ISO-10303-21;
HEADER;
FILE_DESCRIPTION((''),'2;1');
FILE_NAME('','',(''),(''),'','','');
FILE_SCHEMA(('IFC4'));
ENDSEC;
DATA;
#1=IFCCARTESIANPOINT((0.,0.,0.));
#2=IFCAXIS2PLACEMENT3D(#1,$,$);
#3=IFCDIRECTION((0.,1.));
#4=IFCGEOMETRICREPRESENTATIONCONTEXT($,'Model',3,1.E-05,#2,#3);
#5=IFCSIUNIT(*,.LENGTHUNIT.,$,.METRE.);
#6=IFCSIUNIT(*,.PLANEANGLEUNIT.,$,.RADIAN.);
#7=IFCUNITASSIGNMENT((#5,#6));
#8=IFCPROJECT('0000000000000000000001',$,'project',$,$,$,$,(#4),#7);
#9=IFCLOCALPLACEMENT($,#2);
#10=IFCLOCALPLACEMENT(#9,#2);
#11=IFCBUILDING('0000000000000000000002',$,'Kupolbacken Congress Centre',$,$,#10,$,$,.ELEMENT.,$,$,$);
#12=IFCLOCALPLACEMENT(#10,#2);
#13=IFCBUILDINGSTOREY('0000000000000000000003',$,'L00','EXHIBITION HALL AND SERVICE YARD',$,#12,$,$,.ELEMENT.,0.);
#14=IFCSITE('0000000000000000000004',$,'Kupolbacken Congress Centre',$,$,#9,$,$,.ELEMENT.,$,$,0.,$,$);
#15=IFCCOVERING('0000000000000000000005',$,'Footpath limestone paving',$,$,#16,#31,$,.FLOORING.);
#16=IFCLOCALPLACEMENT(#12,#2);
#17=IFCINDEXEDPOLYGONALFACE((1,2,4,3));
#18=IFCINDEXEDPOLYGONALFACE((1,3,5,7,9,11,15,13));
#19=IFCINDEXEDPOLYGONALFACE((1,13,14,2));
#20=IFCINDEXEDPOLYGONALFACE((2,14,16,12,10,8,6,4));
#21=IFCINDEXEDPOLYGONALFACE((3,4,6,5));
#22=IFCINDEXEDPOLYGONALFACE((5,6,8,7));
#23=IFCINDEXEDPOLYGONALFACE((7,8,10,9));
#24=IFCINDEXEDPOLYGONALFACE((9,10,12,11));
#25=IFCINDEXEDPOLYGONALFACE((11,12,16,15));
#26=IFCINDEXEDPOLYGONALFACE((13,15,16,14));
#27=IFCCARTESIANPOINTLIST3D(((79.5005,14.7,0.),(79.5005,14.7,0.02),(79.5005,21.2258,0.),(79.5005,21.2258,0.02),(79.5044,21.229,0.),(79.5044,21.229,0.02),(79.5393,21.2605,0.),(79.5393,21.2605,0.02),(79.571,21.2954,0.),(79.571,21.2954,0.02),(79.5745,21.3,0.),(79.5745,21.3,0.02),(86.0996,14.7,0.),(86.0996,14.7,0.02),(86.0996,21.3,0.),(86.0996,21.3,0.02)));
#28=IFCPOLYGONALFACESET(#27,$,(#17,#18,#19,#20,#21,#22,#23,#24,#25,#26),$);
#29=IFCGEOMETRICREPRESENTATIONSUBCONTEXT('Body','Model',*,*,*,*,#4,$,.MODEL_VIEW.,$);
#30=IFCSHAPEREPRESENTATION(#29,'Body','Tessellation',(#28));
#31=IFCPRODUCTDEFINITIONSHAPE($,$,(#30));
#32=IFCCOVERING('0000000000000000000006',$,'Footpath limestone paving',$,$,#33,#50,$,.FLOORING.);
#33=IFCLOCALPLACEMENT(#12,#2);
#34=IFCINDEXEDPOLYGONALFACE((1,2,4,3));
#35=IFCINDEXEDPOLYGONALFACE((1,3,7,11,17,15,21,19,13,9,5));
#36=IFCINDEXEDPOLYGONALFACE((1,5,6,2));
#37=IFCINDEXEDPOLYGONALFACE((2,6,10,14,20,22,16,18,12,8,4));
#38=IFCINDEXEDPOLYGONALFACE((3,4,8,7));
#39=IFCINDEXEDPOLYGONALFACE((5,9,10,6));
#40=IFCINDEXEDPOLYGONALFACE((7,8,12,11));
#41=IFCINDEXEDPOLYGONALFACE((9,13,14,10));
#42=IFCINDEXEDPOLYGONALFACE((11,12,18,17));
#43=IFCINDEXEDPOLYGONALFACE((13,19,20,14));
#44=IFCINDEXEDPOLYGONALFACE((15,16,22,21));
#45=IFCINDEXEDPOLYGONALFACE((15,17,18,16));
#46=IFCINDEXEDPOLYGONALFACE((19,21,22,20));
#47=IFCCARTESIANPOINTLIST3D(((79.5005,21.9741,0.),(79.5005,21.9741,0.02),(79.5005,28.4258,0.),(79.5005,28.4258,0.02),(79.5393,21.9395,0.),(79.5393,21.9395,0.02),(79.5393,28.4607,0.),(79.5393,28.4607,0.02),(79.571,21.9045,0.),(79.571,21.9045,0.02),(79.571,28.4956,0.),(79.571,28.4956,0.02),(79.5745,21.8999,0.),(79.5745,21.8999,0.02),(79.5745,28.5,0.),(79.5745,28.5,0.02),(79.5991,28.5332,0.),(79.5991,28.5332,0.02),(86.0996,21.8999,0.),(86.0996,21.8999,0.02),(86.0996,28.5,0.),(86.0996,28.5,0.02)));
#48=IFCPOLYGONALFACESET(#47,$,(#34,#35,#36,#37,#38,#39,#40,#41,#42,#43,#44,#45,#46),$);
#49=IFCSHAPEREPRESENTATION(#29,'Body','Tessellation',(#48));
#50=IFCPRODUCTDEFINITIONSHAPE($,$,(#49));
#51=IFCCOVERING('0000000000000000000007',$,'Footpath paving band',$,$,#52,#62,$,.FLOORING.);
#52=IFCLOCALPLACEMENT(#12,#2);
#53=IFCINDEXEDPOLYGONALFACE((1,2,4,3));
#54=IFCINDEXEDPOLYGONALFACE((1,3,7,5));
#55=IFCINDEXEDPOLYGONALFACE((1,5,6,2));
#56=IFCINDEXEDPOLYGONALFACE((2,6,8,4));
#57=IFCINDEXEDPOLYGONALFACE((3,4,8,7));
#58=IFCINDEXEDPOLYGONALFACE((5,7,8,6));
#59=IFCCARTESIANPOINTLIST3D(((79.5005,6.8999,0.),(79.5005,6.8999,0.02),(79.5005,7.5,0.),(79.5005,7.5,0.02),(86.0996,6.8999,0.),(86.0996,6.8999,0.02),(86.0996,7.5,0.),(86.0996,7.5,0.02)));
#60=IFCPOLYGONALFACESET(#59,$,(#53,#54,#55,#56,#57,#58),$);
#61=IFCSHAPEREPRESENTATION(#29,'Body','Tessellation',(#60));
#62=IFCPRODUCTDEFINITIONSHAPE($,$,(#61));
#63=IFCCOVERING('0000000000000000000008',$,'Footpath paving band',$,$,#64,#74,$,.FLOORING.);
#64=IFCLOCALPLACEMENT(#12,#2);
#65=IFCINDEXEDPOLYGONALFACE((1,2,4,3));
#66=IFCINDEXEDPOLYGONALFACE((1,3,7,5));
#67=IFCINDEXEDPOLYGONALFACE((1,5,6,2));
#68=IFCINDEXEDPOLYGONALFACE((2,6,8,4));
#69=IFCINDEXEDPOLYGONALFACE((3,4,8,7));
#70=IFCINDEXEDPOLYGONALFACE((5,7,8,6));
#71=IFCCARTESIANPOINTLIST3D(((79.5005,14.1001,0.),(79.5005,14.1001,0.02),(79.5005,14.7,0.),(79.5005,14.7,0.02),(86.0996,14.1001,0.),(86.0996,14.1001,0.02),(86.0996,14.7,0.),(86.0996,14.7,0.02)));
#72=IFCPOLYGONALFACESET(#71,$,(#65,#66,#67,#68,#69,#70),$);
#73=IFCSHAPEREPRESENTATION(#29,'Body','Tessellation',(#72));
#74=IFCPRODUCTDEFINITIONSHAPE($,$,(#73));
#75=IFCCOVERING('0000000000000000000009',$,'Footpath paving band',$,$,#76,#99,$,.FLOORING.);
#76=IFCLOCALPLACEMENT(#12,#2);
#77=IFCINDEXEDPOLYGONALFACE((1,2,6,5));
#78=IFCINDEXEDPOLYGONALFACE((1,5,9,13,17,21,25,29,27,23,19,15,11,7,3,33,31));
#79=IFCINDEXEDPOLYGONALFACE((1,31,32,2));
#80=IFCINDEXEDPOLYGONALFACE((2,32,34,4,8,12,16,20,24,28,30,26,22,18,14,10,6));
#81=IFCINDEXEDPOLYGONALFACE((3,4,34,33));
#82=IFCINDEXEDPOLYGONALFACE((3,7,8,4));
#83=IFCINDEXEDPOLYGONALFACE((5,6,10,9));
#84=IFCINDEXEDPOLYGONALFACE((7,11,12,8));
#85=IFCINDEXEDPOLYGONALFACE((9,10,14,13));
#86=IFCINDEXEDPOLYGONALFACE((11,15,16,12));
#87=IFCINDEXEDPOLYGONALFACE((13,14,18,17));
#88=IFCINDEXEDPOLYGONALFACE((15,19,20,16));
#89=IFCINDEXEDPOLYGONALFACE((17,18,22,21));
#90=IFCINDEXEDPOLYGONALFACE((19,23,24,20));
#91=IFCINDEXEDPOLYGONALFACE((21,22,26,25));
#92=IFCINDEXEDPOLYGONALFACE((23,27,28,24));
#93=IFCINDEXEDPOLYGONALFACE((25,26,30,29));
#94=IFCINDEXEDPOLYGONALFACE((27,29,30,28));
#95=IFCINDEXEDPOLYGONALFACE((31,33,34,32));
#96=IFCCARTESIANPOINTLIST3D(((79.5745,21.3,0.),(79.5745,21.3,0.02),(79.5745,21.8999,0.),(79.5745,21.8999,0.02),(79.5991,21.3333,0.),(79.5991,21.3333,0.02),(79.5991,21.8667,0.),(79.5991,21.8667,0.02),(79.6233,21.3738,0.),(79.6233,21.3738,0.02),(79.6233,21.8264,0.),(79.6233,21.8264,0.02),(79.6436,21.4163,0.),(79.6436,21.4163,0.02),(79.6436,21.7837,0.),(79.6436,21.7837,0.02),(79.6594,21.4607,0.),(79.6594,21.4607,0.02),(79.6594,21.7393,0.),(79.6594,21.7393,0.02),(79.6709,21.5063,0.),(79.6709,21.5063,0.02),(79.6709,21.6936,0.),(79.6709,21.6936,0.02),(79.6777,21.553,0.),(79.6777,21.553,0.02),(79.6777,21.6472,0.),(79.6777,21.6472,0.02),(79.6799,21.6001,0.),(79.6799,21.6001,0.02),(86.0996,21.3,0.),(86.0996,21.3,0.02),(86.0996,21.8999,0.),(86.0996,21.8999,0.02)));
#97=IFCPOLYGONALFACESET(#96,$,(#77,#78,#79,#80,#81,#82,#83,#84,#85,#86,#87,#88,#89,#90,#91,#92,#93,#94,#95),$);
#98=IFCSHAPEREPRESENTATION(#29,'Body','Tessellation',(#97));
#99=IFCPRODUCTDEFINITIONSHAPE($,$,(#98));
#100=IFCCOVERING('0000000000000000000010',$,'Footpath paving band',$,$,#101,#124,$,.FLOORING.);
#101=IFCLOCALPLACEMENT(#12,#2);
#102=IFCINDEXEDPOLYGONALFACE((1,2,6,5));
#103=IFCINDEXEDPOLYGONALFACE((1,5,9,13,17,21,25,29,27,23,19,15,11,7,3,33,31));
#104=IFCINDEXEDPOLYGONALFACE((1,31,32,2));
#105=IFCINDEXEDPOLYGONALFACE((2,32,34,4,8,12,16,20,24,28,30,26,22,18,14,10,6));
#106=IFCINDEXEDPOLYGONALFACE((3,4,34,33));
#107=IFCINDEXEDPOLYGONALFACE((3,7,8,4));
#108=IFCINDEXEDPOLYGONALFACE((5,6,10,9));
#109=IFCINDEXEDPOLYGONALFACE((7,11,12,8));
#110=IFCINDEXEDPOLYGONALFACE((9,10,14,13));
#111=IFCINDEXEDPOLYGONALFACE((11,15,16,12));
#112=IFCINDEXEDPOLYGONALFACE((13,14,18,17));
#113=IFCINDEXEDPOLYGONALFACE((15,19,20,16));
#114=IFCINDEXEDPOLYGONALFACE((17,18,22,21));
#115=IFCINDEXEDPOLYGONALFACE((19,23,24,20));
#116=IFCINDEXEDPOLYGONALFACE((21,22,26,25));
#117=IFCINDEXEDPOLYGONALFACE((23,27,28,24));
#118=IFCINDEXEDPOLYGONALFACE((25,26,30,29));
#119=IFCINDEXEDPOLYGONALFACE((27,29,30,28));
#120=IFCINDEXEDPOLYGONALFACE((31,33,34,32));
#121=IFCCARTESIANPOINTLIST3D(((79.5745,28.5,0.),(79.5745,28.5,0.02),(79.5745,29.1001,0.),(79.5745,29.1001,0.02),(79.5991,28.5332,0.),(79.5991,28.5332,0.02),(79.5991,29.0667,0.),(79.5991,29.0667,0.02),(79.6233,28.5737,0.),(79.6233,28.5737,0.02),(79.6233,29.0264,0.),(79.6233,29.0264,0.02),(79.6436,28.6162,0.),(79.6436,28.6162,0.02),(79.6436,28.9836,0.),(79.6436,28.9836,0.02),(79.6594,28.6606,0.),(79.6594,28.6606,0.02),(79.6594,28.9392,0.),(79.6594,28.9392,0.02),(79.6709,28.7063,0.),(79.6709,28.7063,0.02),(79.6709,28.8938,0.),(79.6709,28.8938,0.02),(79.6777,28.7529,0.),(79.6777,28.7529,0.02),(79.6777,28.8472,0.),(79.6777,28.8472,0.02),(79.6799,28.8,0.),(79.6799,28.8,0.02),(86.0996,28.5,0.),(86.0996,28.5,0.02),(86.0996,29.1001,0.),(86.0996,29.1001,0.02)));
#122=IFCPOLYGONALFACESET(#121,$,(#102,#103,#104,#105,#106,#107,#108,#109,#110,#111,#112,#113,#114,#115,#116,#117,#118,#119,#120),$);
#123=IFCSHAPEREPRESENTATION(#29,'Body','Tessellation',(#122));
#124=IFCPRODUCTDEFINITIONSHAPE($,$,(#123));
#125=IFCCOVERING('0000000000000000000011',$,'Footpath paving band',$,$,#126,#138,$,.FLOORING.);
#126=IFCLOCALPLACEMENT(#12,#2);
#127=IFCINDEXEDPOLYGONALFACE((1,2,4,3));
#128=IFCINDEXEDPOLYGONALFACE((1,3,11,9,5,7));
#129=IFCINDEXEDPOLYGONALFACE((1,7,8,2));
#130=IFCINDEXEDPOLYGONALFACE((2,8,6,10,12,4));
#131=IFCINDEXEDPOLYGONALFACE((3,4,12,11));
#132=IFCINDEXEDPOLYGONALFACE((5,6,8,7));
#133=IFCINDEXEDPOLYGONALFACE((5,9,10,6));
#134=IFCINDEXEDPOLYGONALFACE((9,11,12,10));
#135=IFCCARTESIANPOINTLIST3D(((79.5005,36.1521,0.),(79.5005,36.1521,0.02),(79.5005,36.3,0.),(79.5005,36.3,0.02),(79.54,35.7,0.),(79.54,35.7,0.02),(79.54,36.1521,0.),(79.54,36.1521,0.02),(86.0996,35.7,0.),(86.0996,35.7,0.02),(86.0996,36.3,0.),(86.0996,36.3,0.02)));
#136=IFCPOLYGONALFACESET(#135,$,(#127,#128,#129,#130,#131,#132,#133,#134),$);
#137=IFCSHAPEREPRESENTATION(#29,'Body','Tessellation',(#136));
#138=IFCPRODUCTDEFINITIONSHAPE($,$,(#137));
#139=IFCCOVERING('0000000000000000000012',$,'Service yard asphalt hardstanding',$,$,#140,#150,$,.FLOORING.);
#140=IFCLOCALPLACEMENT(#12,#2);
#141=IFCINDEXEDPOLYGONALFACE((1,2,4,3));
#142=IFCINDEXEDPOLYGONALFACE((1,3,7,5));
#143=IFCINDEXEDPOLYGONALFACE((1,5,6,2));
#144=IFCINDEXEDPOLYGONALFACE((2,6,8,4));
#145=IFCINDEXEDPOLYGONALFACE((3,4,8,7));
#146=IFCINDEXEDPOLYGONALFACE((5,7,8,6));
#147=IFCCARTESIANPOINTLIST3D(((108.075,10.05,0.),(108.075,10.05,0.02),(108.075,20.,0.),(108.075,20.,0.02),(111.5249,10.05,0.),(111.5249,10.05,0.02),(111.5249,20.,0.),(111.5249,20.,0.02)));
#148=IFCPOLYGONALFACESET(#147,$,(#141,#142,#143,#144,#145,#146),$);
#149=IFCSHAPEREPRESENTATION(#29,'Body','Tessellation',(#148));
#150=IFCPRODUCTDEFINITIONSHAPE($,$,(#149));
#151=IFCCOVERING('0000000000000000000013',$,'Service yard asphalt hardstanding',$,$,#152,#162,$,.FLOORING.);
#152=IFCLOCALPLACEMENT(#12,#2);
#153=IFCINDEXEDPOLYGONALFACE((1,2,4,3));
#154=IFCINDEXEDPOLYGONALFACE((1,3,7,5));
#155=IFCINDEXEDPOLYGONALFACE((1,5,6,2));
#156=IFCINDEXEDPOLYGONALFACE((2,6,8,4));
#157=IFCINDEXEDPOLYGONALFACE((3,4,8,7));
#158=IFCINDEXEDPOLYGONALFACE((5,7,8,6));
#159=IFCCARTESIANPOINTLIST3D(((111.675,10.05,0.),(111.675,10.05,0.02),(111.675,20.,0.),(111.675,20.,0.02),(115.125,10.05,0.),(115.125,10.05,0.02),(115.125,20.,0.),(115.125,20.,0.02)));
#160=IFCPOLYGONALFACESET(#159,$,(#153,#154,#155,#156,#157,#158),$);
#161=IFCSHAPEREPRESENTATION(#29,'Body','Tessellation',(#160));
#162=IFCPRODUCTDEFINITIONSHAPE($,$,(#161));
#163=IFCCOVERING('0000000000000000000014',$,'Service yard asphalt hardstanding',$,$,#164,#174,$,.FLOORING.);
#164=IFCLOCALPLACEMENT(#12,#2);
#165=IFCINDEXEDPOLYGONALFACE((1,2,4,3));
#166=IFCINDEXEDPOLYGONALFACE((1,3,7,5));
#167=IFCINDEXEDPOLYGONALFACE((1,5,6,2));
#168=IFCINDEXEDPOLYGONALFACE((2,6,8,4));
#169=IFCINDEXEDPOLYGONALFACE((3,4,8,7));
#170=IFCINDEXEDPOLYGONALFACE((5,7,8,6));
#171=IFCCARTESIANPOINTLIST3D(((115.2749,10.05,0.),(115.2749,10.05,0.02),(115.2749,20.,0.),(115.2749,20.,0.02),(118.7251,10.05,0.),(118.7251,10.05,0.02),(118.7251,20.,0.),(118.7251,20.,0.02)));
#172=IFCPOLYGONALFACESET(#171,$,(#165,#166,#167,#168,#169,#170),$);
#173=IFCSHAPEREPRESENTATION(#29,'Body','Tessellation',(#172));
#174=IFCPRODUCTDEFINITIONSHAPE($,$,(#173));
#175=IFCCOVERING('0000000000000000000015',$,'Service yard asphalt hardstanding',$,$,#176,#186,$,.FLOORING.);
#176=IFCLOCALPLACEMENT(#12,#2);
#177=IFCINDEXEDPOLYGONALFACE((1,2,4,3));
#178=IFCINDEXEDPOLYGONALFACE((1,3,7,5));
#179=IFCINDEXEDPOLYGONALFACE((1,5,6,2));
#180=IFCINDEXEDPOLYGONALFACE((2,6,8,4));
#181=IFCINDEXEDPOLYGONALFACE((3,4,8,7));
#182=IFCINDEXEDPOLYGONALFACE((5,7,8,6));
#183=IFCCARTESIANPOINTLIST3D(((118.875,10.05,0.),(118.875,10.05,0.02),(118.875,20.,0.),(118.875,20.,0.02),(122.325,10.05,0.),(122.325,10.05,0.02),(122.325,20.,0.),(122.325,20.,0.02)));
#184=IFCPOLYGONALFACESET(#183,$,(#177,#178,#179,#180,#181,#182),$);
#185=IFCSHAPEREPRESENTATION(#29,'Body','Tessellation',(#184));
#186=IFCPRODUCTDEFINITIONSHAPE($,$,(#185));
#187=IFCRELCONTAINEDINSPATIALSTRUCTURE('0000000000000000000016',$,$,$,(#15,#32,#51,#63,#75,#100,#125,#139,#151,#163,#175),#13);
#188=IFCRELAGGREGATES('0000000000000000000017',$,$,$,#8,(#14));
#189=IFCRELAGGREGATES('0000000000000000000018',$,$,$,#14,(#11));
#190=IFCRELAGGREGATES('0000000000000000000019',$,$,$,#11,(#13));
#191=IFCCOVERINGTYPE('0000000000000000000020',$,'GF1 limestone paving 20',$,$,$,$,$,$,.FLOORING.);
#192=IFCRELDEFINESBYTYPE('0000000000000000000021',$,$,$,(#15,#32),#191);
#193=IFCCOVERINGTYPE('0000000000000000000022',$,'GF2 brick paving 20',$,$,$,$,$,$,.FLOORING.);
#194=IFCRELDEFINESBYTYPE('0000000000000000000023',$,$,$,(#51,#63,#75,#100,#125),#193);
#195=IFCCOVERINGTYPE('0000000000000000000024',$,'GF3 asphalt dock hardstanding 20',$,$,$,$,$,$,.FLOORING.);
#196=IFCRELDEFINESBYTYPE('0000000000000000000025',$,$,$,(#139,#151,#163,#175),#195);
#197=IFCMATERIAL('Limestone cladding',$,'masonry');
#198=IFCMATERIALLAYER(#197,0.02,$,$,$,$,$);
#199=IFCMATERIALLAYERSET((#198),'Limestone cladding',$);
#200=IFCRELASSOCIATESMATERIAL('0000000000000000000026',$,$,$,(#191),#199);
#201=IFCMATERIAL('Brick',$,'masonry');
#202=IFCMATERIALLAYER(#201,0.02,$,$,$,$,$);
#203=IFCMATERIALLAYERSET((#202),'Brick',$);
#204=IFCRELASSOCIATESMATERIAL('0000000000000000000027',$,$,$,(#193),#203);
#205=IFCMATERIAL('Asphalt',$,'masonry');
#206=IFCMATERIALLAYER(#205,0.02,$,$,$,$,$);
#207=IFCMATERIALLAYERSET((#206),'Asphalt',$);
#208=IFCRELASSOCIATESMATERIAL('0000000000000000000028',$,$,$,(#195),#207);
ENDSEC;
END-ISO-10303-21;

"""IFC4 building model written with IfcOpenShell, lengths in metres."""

from ifc_helpers import new_model, si_unit, direction, origin, place, context, subcontext, project, spatial, polyline, outline, extrude, material, layer, layer_set, type_object, element, save


model = new_model("IFC4")

# Units and contexts
model_context = context("Model", 3, precision=1e-05, world=origin(), true_north=direction((0.0, 1.0)))
body_context = subcontext(model_context, "Body", "Model", "MODEL_VIEW")
ifc_project = project(units=[si_unit("LENGTHUNIT", "METRE"), si_unit("PLANEANGLEUNIT", "RADIAN")], contexts=[model_context])

# Site, building, storey
site_placement = place(None, origin())
site = spatial("IfcSite", under=ifc_project, at=site_placement, Name="Kupolbacken Congress Centre", CompositionType="ELEMENT", RefElevation=0.0)
building_placement = place(site_placement, origin())
building = spatial("IfcBuilding", under=site, at=building_placement, Name="Kupolbacken Congress Centre", CompositionType="ELEMENT")
storey_placement = place(building_placement, origin())
storey = spatial("IfcBuildingStorey", under=building, at=storey_placement, Name="L00", Description="EXHIBITION HALL AND SERVICE YARD", CompositionType="ELEMENT", Elevation=0.0)

# Coverings
ifc_material_1 = material(Name="Limestone cladding", Category="masonry")
ifc_layer_1 = layer(ifc_material_1, 0.02)
ifc_layer_set_1 = layer_set([ifc_layer_1], Name="Limestone cladding")
covering_type_1 = type_object("IfcCoveringType", Name="GF1 limestone paving 20", PredefinedType="FLOORING", material=ifc_layer_set_1)
covering_1_placement = place(storey_placement, origin())
element("IfcCovering", 1, at=covering_1_placement, inside=storey, type_object=covering_type_1, Name="Footpath limestone paving", PredefinedType="FLOORING", context=body_context, shape_type="SweptSolid", body=[
    extrude(outline(polyline([(79.5393, 21.2605), (79.571, 21.2954), (79.5991, 21.3333), (79.5745, 21.3), (86.0996, 21.3), (86.0996, 14.7), (79.5005, 14.7), (79.5005, 21.2258), (79.5044, 21.229), (79.5393, 21.2605)])), origin(), (0.0, 0.0, 1.0), 0.02),
])
covering_2_placement = place(storey_placement, origin())
element("IfcCovering", 2, at=covering_2_placement, inside=storey, type_object=covering_type_1, Name="Footpath limestone paving", PredefinedType="FLOORING", context=body_context, shape_type="SweptSolid", body=[
    extrude(outline(polyline([(79.571, 21.9045), (79.5393, 21.9395), (79.5005, 21.9741), (79.5005, 28.4258), (79.5393, 28.4607), (79.571, 28.4956), (79.5991, 28.5332), (79.5745, 28.5), (86.0996, 28.5), (86.0996, 21.8999), (79.5745, 21.8999), (79.5991, 21.8667), (79.571, 21.9045)])), origin(), (0.0, 0.0, 1.0), 0.02),
])
ifc_material_2 = material(Name="Brick", Category="masonry")
ifc_layer_2 = layer(ifc_material_2, 0.02)
ifc_layer_set_2 = layer_set([ifc_layer_2], Name="Brick")
covering_type_2 = type_object("IfcCoveringType", Name="GF2 brick paving 20", PredefinedType="FLOORING", material=ifc_layer_set_2)
covering_3_placement = place(storey_placement, origin())
element("IfcCovering", 3, at=covering_3_placement, inside=storey, type_object=covering_type_2, Name="Footpath paving band", PredefinedType="FLOORING", context=body_context, shape_type="SweptSolid", body=[
    extrude(outline(polyline([(79.5005, 6.8999), (79.5005, 7.5), (86.0996, 7.5), (86.0996, 6.8999), (79.5005, 6.8999)])), origin(), (0.0, 0.0, 1.0), 0.02),
])
covering_4_placement = place(storey_placement, origin())
element("IfcCovering", 4, at=covering_4_placement, inside=storey, type_object=covering_type_2, Name="Footpath paving band", PredefinedType="FLOORING", context=body_context, shape_type="SweptSolid", body=[
    extrude(outline(polyline([(79.5005, 14.1001), (79.5005, 14.7), (86.0996, 14.7), (86.0996, 14.1001), (79.5005, 14.1001)])), origin(), (0.0, 0.0, 1.0), 0.02),
])
covering_5_placement = place(storey_placement, origin())
element("IfcCovering", 5, at=covering_5_placement, inside=storey, type_object=covering_type_2, Name="Footpath paving band", PredefinedType="FLOORING", context=body_context, shape_type="SweptSolid", body=[
    extrude(outline(polyline([(79.5745, 21.3), (79.5991, 21.3333), (79.6233, 21.3738), (79.6436, 21.4163), (79.6594, 21.4607), (79.6709, 21.5063), (79.6777, 21.553), (79.6799, 21.6001), (79.6777, 21.6472), (79.6709, 21.6936), (79.6594, 21.7393), (79.6436, 21.7837), (79.6233, 21.8264), (79.5991, 21.8667), (79.5745, 21.8999), (86.0996, 21.8999), (86.0996, 21.3), (79.5745, 21.3)])), origin(), (0.0, 0.0, 1.0), 0.02),
])
covering_6_placement = place(storey_placement, origin())
element("IfcCovering", 6, at=covering_6_placement, inside=storey, type_object=covering_type_2, Name="Footpath paving band", PredefinedType="FLOORING", context=body_context, shape_type="SweptSolid", body=[
    extrude(outline(polyline([(79.5745, 28.5), (79.5991, 28.5332), (79.6233, 28.5737), (79.6436, 28.6162), (79.6594, 28.6606), (79.6709, 28.7063), (79.6777, 28.7529), (79.6799, 28.8), (79.6777, 28.8472), (79.6709, 28.8938), (79.6594, 28.9392), (79.6436, 28.9836), (79.6233, 29.0264), (79.5991, 29.0667), (79.5745, 29.1001), (86.0996, 29.1001), (86.0996, 28.5), (79.5745, 28.5)])), origin(), (0.0, 0.0, 1.0), 0.02),
])
covering_7_placement = place(storey_placement, origin())
element("IfcCovering", 7, at=covering_7_placement, inside=storey, type_object=covering_type_2, Name="Footpath paving band", PredefinedType="FLOORING", context=body_context, shape_type="SweptSolid", body=[
    extrude(outline(polyline([(79.54, 35.7), (79.54, 36.1521), (79.5005, 36.1521), (79.5005, 36.3), (86.0996, 36.3), (86.0996, 35.7), (79.54, 35.7)])), origin(), (0.0, 0.0, 1.0), 0.02),
])
ifc_material_3 = material(Name="Asphalt", Category="masonry")
ifc_layer_3 = layer(ifc_material_3, 0.02)
ifc_layer_set_3 = layer_set([ifc_layer_3], Name="Asphalt")
covering_type_3 = type_object("IfcCoveringType", Name="GF3 asphalt dock hardstanding 20", PredefinedType="FLOORING", material=ifc_layer_set_3)
covering_8_placement = place(storey_placement, origin())
element("IfcCovering", 8, at=covering_8_placement, inside=storey, type_object=covering_type_3, Name="Service yard asphalt hardstanding", PredefinedType="FLOORING", context=body_context, shape_type="SweptSolid", body=[
    extrude(outline(polyline([(111.5249, 20.0), (111.5249, 10.05), (108.075, 10.05), (108.075, 20.0), (111.5249, 20.0)])), origin(), (0.0, 0.0, 1.0), 0.02),
])
covering_9_placement = place(storey_placement, origin())
element("IfcCovering", 9, at=covering_9_placement, inside=storey, type_object=covering_type_3, Name="Service yard asphalt hardstanding", PredefinedType="FLOORING", context=body_context, shape_type="SweptSolid", body=[
    extrude(outline(polyline([(115.125, 20.0), (115.125, 10.05), (111.675, 10.05), (111.675, 20.0), (115.125, 20.0)])), origin(), (0.0, 0.0, 1.0), 0.02),
])
covering_10_placement = place(storey_placement, origin())
element("IfcCovering", 10, at=covering_10_placement, inside=storey, type_object=covering_type_3, Name="Service yard asphalt hardstanding", PredefinedType="FLOORING", context=body_context, shape_type="SweptSolid", body=[
    extrude(outline(polyline([(118.7251, 20.0), (118.7251, 10.05), (115.2749, 10.05), (115.2749, 20.0), (118.7251, 20.0)])), origin(), (0.0, 0.0, 1.0), 0.02),
])
covering_11_placement = place(storey_placement, origin())
element("IfcCovering", 11, at=covering_11_placement, inside=storey, type_object=covering_type_3, Name="Service yard asphalt hardstanding", PredefinedType="FLOORING", context=body_context, shape_type="SweptSolid", body=[
    extrude(outline(polyline([(122.325, 20.0), (122.325, 10.05), (118.875, 10.05), (118.875, 20.0), (122.325, 20.0)])), origin(), (0.0, 0.0, 1.0), 0.02),
])

save(model, "model.ifc")
